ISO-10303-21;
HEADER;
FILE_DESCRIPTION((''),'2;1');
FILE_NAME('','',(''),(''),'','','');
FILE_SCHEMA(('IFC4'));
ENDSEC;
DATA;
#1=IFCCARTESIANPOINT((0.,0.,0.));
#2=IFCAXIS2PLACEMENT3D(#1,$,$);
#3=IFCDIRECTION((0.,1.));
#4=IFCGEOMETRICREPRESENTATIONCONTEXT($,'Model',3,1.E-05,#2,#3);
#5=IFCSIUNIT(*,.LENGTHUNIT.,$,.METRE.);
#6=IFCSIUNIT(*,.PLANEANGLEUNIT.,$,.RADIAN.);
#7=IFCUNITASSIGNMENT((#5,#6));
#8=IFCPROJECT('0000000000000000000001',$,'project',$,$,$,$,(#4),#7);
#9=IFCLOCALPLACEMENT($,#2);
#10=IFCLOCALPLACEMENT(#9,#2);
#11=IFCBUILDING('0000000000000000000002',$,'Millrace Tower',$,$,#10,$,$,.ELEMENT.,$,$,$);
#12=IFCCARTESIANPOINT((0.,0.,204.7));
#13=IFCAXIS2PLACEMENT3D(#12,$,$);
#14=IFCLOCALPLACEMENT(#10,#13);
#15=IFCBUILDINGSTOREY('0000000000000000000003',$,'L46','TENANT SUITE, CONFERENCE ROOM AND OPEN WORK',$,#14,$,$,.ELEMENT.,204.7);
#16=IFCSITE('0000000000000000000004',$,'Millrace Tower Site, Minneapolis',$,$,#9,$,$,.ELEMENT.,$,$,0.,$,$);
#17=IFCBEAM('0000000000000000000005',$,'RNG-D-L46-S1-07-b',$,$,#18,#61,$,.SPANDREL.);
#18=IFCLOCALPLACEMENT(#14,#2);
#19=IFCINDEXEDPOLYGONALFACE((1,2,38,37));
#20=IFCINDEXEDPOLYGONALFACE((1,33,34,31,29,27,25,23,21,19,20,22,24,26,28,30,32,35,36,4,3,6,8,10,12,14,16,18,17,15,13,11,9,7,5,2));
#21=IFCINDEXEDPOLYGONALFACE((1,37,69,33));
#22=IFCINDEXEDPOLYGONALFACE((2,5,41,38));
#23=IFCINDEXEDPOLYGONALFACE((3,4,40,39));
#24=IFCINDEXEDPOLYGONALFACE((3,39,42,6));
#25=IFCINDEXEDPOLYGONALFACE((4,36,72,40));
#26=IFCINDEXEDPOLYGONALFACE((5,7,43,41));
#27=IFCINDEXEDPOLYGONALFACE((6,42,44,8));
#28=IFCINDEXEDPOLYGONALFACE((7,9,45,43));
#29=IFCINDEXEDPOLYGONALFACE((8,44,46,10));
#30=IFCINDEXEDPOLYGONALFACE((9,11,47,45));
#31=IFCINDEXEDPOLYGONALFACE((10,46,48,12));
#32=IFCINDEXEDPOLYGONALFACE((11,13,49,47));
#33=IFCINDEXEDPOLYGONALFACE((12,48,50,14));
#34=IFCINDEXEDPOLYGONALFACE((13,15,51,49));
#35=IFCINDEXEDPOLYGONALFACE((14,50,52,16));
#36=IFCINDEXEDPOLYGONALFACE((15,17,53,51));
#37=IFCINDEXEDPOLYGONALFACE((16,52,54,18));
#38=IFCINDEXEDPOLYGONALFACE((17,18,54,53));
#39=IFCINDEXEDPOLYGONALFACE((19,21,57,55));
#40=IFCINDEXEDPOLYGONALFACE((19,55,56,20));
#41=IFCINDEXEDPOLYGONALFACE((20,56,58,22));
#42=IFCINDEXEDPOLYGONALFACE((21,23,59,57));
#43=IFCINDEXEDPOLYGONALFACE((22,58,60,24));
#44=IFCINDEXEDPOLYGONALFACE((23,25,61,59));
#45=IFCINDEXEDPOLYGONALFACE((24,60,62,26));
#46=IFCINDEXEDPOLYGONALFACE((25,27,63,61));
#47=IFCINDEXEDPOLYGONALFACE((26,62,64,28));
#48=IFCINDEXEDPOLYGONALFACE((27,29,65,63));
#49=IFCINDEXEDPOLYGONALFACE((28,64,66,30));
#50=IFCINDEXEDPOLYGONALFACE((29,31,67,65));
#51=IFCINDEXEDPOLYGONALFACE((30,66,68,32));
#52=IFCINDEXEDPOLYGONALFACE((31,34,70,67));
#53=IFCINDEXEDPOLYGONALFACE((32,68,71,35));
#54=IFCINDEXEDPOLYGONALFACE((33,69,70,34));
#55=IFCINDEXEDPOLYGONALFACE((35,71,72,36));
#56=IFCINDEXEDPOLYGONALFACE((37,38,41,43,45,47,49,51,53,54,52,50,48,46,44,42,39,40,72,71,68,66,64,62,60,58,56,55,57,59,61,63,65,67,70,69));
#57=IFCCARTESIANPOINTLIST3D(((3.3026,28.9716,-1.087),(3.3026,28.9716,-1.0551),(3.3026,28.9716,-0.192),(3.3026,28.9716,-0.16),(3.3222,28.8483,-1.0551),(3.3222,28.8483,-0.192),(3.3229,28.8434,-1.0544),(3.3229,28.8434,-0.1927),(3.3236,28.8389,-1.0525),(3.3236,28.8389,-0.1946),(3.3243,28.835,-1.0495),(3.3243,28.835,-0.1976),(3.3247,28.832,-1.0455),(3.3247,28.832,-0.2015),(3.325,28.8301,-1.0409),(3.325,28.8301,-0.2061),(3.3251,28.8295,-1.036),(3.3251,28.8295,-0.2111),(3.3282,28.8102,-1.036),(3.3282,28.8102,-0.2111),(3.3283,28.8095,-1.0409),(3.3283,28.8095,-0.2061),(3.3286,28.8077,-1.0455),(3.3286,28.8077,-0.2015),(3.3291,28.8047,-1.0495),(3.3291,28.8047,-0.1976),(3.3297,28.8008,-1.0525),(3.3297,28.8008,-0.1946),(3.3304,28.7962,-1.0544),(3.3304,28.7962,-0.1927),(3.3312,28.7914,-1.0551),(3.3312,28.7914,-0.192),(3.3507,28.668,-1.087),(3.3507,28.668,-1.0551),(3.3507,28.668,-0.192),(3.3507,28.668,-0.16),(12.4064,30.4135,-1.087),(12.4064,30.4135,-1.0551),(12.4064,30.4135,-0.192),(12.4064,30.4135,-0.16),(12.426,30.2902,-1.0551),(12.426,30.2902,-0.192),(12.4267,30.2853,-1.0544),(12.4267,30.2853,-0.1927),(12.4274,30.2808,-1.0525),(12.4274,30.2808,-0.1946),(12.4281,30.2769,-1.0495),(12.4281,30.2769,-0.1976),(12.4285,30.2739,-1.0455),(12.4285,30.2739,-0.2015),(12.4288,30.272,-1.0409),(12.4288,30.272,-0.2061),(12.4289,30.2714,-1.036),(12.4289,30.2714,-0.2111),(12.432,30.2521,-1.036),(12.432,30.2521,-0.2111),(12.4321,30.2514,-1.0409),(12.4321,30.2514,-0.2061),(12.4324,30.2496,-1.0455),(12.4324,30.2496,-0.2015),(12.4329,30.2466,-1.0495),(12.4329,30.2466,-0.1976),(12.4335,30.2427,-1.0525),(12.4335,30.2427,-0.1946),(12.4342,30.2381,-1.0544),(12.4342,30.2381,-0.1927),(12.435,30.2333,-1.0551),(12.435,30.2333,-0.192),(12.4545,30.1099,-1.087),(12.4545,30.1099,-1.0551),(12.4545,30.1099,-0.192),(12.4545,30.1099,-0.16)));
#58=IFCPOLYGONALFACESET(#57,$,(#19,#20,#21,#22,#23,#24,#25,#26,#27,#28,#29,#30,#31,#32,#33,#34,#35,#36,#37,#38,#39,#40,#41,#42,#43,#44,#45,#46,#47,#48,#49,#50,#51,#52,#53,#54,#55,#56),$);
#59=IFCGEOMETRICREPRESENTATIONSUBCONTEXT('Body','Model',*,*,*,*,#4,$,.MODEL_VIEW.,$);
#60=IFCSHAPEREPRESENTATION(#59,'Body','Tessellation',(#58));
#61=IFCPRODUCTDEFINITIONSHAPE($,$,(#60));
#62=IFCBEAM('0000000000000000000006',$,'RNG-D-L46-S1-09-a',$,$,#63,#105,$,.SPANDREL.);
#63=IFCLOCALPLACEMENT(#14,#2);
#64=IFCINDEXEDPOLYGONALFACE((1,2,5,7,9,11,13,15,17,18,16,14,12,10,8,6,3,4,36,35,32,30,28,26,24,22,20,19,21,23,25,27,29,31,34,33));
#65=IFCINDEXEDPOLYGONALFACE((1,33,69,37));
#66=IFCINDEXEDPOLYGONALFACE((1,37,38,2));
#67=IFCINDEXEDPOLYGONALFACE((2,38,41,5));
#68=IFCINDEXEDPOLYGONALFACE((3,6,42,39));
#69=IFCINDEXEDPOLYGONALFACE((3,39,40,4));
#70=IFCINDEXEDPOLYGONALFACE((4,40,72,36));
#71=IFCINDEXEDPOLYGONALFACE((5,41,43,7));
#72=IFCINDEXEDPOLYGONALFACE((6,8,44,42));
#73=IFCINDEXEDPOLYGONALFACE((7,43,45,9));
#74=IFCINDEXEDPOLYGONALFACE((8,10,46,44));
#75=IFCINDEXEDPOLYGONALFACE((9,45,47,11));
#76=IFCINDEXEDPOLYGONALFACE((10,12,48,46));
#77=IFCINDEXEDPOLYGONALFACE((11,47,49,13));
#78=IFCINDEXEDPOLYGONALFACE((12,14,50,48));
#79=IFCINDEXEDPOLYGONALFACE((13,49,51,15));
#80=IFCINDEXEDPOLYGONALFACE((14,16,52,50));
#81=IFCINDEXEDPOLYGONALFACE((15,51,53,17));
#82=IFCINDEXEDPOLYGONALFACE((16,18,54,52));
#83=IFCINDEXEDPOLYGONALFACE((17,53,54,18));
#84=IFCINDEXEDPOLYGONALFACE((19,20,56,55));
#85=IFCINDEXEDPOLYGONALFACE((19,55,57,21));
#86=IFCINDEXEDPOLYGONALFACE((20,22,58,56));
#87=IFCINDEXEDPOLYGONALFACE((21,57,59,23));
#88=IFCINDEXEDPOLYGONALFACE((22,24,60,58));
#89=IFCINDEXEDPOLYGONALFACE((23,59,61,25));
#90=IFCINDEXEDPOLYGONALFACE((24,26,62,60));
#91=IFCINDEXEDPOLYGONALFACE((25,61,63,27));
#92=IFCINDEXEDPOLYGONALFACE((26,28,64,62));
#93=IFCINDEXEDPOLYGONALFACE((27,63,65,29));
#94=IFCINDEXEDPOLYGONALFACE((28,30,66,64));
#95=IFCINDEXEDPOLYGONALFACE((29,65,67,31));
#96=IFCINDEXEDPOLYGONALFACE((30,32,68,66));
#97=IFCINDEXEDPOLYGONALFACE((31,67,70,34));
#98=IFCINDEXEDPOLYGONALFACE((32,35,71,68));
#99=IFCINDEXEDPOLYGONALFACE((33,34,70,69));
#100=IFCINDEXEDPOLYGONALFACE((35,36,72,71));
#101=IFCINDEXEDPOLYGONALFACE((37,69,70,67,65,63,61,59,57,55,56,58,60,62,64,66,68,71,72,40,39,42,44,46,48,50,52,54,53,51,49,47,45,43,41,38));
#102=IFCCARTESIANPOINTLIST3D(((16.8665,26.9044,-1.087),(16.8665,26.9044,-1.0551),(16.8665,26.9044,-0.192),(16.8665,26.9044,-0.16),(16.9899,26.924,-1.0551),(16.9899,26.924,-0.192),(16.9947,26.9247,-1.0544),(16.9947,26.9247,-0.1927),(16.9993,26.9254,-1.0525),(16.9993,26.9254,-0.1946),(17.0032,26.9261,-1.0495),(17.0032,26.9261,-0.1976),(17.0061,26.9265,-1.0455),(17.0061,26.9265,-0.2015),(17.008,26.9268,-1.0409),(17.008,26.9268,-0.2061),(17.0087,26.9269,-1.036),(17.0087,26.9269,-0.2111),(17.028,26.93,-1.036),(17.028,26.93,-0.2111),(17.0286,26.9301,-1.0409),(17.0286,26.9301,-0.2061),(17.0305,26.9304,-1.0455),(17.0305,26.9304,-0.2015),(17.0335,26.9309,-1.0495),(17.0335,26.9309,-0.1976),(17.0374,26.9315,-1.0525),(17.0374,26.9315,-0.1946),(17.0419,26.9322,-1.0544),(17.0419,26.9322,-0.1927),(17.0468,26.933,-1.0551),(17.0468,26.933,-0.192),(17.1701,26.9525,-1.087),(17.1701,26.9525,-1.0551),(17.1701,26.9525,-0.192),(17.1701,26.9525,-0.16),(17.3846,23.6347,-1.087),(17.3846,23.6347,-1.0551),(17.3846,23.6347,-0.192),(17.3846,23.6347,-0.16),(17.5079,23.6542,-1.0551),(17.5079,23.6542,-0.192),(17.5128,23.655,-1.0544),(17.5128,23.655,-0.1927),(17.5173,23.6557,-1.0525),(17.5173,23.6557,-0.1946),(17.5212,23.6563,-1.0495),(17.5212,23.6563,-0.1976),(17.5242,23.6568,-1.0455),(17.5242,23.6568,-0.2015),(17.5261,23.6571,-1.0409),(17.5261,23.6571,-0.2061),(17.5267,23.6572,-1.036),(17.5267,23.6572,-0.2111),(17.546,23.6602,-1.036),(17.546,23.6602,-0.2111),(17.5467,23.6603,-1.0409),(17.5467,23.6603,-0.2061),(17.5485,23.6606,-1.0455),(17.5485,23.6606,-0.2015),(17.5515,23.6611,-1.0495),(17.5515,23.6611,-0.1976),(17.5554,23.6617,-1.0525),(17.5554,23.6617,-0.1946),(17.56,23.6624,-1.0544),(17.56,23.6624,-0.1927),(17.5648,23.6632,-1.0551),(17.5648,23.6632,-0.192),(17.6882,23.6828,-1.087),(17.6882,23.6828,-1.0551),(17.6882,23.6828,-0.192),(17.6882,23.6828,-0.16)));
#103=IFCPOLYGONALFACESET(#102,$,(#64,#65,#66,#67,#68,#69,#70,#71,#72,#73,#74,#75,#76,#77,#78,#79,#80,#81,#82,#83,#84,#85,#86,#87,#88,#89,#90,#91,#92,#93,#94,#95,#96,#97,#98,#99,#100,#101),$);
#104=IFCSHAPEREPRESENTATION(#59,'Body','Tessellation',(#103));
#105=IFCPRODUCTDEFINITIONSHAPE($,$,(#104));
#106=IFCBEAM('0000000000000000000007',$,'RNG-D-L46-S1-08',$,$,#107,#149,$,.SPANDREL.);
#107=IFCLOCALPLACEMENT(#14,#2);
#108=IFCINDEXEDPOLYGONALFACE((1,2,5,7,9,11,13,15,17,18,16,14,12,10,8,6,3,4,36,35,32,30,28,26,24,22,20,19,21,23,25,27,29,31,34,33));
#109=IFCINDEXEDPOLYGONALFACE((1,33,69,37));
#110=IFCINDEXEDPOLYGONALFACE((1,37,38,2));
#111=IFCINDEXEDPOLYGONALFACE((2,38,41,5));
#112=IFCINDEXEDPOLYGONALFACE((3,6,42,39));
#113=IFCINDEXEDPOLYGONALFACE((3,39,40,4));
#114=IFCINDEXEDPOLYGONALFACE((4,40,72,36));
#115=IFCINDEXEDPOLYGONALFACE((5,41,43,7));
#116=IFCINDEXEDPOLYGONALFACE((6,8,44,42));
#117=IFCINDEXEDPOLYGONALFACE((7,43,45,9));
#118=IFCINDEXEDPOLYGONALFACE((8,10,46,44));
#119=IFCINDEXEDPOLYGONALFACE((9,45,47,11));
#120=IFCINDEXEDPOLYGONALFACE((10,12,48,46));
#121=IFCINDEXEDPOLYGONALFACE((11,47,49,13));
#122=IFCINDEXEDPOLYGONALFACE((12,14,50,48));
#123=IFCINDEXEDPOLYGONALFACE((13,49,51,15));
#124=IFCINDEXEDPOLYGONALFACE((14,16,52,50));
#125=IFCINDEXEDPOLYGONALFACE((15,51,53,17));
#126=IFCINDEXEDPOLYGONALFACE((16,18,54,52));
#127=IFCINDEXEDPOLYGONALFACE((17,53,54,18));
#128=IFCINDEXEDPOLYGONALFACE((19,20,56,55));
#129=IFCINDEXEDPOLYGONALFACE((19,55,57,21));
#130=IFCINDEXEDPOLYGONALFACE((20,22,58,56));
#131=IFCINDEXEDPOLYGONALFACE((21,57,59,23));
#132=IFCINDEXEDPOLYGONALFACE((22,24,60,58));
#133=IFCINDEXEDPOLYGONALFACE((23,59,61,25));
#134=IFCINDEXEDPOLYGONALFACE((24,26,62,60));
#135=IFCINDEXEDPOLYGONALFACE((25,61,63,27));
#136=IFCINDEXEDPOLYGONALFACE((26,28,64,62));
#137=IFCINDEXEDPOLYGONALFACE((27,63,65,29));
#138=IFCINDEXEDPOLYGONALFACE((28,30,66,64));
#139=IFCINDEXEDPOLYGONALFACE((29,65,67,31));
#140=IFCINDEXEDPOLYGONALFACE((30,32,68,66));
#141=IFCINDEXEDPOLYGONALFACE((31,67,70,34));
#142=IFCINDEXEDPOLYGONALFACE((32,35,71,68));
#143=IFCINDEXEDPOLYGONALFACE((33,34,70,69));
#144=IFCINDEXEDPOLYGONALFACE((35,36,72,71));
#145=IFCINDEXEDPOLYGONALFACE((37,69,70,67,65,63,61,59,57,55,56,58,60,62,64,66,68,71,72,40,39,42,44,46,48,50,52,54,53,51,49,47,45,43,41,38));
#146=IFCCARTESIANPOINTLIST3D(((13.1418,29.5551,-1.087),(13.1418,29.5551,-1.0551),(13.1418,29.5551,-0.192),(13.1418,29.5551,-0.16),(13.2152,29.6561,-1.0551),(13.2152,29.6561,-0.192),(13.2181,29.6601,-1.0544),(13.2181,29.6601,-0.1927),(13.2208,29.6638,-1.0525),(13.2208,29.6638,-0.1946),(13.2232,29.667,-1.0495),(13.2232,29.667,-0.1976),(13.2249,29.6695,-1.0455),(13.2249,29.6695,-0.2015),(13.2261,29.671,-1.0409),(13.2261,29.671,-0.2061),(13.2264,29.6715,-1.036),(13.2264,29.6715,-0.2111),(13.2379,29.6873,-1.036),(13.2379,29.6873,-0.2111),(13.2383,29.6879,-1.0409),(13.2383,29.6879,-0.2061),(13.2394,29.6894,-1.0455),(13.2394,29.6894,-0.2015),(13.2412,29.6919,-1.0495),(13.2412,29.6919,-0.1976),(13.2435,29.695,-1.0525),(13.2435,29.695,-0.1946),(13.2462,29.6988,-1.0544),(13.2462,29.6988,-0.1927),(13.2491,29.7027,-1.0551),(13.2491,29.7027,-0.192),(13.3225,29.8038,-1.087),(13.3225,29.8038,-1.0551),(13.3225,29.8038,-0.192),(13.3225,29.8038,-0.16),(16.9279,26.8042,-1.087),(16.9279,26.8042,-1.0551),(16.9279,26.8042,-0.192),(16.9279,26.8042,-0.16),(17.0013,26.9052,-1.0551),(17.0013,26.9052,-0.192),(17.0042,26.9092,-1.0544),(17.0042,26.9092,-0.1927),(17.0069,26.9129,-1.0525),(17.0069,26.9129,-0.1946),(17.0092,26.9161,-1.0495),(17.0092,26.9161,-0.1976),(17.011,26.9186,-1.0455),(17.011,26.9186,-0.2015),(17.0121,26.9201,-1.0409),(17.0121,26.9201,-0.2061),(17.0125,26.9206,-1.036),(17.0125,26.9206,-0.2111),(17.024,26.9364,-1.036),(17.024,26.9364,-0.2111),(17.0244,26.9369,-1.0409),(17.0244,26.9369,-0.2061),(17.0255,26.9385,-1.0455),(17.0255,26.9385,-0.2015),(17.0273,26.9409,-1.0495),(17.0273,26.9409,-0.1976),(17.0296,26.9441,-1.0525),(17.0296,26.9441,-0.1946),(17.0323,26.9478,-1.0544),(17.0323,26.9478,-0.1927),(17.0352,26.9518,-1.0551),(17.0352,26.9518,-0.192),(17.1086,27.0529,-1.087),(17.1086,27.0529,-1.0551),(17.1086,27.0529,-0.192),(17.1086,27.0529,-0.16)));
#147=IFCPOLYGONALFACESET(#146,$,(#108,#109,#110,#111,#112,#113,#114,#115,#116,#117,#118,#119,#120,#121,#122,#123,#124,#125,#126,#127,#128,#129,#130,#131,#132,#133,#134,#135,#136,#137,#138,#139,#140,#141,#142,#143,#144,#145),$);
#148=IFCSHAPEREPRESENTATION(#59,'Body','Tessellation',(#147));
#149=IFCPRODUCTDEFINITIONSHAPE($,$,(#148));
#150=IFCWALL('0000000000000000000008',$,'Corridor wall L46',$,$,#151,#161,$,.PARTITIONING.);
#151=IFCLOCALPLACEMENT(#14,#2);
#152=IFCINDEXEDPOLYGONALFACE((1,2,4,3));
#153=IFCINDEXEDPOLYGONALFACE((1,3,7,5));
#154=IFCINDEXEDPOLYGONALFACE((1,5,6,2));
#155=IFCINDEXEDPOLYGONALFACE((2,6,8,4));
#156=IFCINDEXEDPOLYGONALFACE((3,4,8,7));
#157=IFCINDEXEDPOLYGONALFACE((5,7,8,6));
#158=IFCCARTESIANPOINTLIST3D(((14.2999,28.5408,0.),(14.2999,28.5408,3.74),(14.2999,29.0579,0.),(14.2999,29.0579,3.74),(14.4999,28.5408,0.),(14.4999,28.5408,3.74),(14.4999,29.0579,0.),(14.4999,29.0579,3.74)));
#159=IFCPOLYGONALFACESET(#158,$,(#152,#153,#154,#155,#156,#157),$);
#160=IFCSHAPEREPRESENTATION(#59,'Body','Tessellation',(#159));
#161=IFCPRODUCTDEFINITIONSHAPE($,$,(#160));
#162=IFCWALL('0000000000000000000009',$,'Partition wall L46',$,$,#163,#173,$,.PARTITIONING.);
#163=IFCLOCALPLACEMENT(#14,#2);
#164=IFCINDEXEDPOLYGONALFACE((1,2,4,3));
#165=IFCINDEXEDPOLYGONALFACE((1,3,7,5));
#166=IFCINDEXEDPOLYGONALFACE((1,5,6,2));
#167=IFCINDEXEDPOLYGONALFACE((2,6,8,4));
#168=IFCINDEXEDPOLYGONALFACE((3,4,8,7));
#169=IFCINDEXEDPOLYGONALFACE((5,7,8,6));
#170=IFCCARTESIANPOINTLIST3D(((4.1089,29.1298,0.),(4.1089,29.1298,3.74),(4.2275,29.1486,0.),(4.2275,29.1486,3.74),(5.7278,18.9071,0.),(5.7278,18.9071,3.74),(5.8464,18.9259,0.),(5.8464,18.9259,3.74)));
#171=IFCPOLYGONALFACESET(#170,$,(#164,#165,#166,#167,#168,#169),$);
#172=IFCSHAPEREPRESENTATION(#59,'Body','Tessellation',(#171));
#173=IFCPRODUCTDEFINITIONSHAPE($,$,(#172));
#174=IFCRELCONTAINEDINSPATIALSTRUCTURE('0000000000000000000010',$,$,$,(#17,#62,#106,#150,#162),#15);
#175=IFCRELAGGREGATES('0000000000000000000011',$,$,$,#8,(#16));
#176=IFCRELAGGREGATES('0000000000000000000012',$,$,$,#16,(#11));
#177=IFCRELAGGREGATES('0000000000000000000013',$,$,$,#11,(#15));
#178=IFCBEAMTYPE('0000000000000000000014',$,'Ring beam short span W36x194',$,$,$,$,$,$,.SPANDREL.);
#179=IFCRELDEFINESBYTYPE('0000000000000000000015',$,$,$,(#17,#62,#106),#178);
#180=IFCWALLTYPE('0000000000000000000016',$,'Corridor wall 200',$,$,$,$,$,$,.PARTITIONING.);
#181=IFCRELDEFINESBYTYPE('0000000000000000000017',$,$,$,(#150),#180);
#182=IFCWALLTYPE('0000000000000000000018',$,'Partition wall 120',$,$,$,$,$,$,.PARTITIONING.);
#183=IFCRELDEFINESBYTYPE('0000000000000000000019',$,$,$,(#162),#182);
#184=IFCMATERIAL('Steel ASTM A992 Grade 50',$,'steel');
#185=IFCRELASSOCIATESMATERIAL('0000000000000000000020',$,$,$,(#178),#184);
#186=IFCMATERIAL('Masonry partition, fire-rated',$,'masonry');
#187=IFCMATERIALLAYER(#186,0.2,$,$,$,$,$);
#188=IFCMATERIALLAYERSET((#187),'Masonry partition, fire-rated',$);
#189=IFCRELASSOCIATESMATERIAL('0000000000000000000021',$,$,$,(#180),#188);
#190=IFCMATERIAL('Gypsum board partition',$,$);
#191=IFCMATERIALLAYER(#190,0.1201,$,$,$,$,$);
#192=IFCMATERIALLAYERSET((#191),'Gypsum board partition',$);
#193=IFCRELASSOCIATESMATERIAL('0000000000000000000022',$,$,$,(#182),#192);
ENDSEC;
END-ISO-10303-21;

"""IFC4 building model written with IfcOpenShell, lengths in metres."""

from ifc_helpers import new_model, si_unit, direction, frame, frame_2d, origin, origin_2d, place, context, subcontext, project, spatial, rectangle, i_section, extrude, material, layer, layer_set, material_profile, profile_set, type_object, element, save


model = new_model("IFC4")

# Units and contexts
model_context = context("Model", 3, precision=1e-05, world=origin(), true_north=direction((0.0, 1.0)))
body_context = subcontext(model_context, "Body", "Model", "MODEL_VIEW")
ifc_project = project(units=[si_unit("LENGTHUNIT", "METRE"), si_unit("PLANEANGLEUNIT", "RADIAN")], contexts=[model_context])

# Site, building, storey
site_placement = place(None, origin())
site = spatial("IfcSite", under=ifc_project, at=site_placement, Name="Millrace Tower Site, Minneapolis", CompositionType="ELEMENT", RefElevation=0.0)
building_placement = place(site_placement, origin())
building = spatial("IfcBuilding", under=site, at=building_placement, Name="Millrace Tower", CompositionType="ELEMENT")
storey_placement = place(building_placement, frame((0.0, 0.0, 204.7)))
storey = spatial("IfcBuildingStorey", under=building, at=storey_placement, Name="L46", Description="TENANT SUITE, CONFERENCE ROOM AND OPEN WORK", CompositionType="ELEMENT", Elevation=204.7)

# Beams
ifc_material_1 = material(Name="Steel ASTM A992 Grade 50", Category="steel")
ifc_material_profile_1 = material_profile(ifc_material_1, i_section(OverallWidth=0.3074, OverallDepth=0.927, WebThickness=0.0195, FlangeThickness=0.032, FilletRadius=0.019, at=origin_2d()))
ifc_profile_set_1 = profile_set([ifc_material_profile_1], Name="Steel ASTM A992 Grade 50")
beam_type_1 = type_object("IfcBeamType", Name="Ring beam short span W36x194", PredefinedType="SPANDREL", material=ifc_profile_set_1)
beam_1_placement = place(storey_placement, frame((3.3267, 28.8198, -0.6235), z_axis=(0.987688, 0.156435, 0.0), x_axis=(-0.156435, 0.987688, 0.0)))
element("IfcBeam", 1, at=beam_1_placement, inside=storey, type_object=beam_type_1, Name="RNG-D-L46-S1-07-b", PredefinedType="SPANDREL", context=body_context, shape_type="SweptSolid", body=[
    extrude(i_section(OverallWidth=0.3074, OverallDepth=0.927, WebThickness=0.0195, FlangeThickness=0.032, FilletRadius=0.019, at=origin_2d()), origin(), (0.0, 0.0, 1.0), 9.2173),
])
beam_2_placement = place(storey_placement, frame((17.0183, 26.9285, -0.6235), z_axis=(0.156489, -0.98768, 0.0), x_axis=(0.98768, 0.156489, 0.0)))
element("IfcBeam", 2, at=beam_2_placement, inside=storey, type_object=beam_type_1, Name="RNG-D-L46-S1-09-a", PredefinedType="SPANDREL", context=body_context, shape_type="SweptSolid", body=[
    extrude(i_section(OverallWidth=0.3074, OverallDepth=0.927, WebThickness=0.0195, FlangeThickness=0.032, FilletRadius=0.019, at=origin_2d()), origin(), (0.0, 0.0, 1.0), 3.3105),
])
beam_3_placement = place(storey_placement, frame((13.2322, 29.6794, -0.6235), z_axis=(0.808998, -0.587812, 0.0), x_axis=(0.587812, 0.808998, 0.0)))
element("IfcBeam", 3, at=beam_3_placement, inside=storey, type_object=beam_type_1, Name="RNG-D-L46-S1-08", PredefinedType="SPANDREL", context=body_context, shape_type="SweptSolid", body=[
    extrude(i_section(OverallWidth=0.3074, OverallDepth=0.927, WebThickness=0.0195, FlangeThickness=0.032, FilletRadius=0.019, at=origin_2d()), origin(), (0.0, 0.0, 1.0), 4.6799),
])

# Walls
ifc_material_2 = material(Name="Masonry partition, fire-rated", Category="masonry")
ifc_layer_1 = layer(ifc_material_2, 0.2)
ifc_layer_set_1 = layer_set([ifc_layer_1], Name="Masonry partition, fire-rated")
wall_type_1 = type_object("IfcWallType", Name="Corridor wall 200", PredefinedType="PARTITIONING", material=ifc_layer_set_1)
wall_1_placement = place(storey_placement, frame((14.3999, 28.5408, 0.0), z_axis=(0.0, 0.0, 1.0), x_axis=(0.0, 1.0, 0.0)))
element("IfcWall", 4, at=wall_1_placement, inside=storey, type_object=wall_type_1, Name="Corridor wall L46", PredefinedType="PARTITIONING", context=body_context, shape_type="SweptSolid", body=[
    extrude(rectangle(XDim=0.5171, YDim=0.2, at=frame_2d((0.2585, 0.0))), origin(), (0.0, 0.0, 1.0), 3.74),
])
ifc_material_3 = material(Name="Gypsum board partition")
ifc_layer_2 = layer(ifc_material_3, 0.1201)
ifc_layer_set_2 = layer_set([ifc_layer_2], Name="Gypsum board partition")
wall_type_2 = type_object("IfcWallType", Name="Partition wall 120", PredefinedType="PARTITIONING", material=ifc_layer_set_2)
wall_2_placement = place(storey_placement, frame((4.1682, 29.1392, 0.0), z_axis=(0.0, 0.0, 1.0), x_axis=(0.156414, -0.987692, 0.0)))
element("IfcWall", 5, at=wall_2_placement, inside=storey, type_object=wall_type_2, Name="Partition wall L46", PredefinedType="PARTITIONING", context=body_context, shape_type="SweptSolid", body=[
    extrude(rectangle(XDim=10.3501, YDim=0.1201, at=frame_2d((5.175, 0.0))), origin(), (0.0, 0.0, 1.0), 3.74),
])

save(model, "model.ifc")
